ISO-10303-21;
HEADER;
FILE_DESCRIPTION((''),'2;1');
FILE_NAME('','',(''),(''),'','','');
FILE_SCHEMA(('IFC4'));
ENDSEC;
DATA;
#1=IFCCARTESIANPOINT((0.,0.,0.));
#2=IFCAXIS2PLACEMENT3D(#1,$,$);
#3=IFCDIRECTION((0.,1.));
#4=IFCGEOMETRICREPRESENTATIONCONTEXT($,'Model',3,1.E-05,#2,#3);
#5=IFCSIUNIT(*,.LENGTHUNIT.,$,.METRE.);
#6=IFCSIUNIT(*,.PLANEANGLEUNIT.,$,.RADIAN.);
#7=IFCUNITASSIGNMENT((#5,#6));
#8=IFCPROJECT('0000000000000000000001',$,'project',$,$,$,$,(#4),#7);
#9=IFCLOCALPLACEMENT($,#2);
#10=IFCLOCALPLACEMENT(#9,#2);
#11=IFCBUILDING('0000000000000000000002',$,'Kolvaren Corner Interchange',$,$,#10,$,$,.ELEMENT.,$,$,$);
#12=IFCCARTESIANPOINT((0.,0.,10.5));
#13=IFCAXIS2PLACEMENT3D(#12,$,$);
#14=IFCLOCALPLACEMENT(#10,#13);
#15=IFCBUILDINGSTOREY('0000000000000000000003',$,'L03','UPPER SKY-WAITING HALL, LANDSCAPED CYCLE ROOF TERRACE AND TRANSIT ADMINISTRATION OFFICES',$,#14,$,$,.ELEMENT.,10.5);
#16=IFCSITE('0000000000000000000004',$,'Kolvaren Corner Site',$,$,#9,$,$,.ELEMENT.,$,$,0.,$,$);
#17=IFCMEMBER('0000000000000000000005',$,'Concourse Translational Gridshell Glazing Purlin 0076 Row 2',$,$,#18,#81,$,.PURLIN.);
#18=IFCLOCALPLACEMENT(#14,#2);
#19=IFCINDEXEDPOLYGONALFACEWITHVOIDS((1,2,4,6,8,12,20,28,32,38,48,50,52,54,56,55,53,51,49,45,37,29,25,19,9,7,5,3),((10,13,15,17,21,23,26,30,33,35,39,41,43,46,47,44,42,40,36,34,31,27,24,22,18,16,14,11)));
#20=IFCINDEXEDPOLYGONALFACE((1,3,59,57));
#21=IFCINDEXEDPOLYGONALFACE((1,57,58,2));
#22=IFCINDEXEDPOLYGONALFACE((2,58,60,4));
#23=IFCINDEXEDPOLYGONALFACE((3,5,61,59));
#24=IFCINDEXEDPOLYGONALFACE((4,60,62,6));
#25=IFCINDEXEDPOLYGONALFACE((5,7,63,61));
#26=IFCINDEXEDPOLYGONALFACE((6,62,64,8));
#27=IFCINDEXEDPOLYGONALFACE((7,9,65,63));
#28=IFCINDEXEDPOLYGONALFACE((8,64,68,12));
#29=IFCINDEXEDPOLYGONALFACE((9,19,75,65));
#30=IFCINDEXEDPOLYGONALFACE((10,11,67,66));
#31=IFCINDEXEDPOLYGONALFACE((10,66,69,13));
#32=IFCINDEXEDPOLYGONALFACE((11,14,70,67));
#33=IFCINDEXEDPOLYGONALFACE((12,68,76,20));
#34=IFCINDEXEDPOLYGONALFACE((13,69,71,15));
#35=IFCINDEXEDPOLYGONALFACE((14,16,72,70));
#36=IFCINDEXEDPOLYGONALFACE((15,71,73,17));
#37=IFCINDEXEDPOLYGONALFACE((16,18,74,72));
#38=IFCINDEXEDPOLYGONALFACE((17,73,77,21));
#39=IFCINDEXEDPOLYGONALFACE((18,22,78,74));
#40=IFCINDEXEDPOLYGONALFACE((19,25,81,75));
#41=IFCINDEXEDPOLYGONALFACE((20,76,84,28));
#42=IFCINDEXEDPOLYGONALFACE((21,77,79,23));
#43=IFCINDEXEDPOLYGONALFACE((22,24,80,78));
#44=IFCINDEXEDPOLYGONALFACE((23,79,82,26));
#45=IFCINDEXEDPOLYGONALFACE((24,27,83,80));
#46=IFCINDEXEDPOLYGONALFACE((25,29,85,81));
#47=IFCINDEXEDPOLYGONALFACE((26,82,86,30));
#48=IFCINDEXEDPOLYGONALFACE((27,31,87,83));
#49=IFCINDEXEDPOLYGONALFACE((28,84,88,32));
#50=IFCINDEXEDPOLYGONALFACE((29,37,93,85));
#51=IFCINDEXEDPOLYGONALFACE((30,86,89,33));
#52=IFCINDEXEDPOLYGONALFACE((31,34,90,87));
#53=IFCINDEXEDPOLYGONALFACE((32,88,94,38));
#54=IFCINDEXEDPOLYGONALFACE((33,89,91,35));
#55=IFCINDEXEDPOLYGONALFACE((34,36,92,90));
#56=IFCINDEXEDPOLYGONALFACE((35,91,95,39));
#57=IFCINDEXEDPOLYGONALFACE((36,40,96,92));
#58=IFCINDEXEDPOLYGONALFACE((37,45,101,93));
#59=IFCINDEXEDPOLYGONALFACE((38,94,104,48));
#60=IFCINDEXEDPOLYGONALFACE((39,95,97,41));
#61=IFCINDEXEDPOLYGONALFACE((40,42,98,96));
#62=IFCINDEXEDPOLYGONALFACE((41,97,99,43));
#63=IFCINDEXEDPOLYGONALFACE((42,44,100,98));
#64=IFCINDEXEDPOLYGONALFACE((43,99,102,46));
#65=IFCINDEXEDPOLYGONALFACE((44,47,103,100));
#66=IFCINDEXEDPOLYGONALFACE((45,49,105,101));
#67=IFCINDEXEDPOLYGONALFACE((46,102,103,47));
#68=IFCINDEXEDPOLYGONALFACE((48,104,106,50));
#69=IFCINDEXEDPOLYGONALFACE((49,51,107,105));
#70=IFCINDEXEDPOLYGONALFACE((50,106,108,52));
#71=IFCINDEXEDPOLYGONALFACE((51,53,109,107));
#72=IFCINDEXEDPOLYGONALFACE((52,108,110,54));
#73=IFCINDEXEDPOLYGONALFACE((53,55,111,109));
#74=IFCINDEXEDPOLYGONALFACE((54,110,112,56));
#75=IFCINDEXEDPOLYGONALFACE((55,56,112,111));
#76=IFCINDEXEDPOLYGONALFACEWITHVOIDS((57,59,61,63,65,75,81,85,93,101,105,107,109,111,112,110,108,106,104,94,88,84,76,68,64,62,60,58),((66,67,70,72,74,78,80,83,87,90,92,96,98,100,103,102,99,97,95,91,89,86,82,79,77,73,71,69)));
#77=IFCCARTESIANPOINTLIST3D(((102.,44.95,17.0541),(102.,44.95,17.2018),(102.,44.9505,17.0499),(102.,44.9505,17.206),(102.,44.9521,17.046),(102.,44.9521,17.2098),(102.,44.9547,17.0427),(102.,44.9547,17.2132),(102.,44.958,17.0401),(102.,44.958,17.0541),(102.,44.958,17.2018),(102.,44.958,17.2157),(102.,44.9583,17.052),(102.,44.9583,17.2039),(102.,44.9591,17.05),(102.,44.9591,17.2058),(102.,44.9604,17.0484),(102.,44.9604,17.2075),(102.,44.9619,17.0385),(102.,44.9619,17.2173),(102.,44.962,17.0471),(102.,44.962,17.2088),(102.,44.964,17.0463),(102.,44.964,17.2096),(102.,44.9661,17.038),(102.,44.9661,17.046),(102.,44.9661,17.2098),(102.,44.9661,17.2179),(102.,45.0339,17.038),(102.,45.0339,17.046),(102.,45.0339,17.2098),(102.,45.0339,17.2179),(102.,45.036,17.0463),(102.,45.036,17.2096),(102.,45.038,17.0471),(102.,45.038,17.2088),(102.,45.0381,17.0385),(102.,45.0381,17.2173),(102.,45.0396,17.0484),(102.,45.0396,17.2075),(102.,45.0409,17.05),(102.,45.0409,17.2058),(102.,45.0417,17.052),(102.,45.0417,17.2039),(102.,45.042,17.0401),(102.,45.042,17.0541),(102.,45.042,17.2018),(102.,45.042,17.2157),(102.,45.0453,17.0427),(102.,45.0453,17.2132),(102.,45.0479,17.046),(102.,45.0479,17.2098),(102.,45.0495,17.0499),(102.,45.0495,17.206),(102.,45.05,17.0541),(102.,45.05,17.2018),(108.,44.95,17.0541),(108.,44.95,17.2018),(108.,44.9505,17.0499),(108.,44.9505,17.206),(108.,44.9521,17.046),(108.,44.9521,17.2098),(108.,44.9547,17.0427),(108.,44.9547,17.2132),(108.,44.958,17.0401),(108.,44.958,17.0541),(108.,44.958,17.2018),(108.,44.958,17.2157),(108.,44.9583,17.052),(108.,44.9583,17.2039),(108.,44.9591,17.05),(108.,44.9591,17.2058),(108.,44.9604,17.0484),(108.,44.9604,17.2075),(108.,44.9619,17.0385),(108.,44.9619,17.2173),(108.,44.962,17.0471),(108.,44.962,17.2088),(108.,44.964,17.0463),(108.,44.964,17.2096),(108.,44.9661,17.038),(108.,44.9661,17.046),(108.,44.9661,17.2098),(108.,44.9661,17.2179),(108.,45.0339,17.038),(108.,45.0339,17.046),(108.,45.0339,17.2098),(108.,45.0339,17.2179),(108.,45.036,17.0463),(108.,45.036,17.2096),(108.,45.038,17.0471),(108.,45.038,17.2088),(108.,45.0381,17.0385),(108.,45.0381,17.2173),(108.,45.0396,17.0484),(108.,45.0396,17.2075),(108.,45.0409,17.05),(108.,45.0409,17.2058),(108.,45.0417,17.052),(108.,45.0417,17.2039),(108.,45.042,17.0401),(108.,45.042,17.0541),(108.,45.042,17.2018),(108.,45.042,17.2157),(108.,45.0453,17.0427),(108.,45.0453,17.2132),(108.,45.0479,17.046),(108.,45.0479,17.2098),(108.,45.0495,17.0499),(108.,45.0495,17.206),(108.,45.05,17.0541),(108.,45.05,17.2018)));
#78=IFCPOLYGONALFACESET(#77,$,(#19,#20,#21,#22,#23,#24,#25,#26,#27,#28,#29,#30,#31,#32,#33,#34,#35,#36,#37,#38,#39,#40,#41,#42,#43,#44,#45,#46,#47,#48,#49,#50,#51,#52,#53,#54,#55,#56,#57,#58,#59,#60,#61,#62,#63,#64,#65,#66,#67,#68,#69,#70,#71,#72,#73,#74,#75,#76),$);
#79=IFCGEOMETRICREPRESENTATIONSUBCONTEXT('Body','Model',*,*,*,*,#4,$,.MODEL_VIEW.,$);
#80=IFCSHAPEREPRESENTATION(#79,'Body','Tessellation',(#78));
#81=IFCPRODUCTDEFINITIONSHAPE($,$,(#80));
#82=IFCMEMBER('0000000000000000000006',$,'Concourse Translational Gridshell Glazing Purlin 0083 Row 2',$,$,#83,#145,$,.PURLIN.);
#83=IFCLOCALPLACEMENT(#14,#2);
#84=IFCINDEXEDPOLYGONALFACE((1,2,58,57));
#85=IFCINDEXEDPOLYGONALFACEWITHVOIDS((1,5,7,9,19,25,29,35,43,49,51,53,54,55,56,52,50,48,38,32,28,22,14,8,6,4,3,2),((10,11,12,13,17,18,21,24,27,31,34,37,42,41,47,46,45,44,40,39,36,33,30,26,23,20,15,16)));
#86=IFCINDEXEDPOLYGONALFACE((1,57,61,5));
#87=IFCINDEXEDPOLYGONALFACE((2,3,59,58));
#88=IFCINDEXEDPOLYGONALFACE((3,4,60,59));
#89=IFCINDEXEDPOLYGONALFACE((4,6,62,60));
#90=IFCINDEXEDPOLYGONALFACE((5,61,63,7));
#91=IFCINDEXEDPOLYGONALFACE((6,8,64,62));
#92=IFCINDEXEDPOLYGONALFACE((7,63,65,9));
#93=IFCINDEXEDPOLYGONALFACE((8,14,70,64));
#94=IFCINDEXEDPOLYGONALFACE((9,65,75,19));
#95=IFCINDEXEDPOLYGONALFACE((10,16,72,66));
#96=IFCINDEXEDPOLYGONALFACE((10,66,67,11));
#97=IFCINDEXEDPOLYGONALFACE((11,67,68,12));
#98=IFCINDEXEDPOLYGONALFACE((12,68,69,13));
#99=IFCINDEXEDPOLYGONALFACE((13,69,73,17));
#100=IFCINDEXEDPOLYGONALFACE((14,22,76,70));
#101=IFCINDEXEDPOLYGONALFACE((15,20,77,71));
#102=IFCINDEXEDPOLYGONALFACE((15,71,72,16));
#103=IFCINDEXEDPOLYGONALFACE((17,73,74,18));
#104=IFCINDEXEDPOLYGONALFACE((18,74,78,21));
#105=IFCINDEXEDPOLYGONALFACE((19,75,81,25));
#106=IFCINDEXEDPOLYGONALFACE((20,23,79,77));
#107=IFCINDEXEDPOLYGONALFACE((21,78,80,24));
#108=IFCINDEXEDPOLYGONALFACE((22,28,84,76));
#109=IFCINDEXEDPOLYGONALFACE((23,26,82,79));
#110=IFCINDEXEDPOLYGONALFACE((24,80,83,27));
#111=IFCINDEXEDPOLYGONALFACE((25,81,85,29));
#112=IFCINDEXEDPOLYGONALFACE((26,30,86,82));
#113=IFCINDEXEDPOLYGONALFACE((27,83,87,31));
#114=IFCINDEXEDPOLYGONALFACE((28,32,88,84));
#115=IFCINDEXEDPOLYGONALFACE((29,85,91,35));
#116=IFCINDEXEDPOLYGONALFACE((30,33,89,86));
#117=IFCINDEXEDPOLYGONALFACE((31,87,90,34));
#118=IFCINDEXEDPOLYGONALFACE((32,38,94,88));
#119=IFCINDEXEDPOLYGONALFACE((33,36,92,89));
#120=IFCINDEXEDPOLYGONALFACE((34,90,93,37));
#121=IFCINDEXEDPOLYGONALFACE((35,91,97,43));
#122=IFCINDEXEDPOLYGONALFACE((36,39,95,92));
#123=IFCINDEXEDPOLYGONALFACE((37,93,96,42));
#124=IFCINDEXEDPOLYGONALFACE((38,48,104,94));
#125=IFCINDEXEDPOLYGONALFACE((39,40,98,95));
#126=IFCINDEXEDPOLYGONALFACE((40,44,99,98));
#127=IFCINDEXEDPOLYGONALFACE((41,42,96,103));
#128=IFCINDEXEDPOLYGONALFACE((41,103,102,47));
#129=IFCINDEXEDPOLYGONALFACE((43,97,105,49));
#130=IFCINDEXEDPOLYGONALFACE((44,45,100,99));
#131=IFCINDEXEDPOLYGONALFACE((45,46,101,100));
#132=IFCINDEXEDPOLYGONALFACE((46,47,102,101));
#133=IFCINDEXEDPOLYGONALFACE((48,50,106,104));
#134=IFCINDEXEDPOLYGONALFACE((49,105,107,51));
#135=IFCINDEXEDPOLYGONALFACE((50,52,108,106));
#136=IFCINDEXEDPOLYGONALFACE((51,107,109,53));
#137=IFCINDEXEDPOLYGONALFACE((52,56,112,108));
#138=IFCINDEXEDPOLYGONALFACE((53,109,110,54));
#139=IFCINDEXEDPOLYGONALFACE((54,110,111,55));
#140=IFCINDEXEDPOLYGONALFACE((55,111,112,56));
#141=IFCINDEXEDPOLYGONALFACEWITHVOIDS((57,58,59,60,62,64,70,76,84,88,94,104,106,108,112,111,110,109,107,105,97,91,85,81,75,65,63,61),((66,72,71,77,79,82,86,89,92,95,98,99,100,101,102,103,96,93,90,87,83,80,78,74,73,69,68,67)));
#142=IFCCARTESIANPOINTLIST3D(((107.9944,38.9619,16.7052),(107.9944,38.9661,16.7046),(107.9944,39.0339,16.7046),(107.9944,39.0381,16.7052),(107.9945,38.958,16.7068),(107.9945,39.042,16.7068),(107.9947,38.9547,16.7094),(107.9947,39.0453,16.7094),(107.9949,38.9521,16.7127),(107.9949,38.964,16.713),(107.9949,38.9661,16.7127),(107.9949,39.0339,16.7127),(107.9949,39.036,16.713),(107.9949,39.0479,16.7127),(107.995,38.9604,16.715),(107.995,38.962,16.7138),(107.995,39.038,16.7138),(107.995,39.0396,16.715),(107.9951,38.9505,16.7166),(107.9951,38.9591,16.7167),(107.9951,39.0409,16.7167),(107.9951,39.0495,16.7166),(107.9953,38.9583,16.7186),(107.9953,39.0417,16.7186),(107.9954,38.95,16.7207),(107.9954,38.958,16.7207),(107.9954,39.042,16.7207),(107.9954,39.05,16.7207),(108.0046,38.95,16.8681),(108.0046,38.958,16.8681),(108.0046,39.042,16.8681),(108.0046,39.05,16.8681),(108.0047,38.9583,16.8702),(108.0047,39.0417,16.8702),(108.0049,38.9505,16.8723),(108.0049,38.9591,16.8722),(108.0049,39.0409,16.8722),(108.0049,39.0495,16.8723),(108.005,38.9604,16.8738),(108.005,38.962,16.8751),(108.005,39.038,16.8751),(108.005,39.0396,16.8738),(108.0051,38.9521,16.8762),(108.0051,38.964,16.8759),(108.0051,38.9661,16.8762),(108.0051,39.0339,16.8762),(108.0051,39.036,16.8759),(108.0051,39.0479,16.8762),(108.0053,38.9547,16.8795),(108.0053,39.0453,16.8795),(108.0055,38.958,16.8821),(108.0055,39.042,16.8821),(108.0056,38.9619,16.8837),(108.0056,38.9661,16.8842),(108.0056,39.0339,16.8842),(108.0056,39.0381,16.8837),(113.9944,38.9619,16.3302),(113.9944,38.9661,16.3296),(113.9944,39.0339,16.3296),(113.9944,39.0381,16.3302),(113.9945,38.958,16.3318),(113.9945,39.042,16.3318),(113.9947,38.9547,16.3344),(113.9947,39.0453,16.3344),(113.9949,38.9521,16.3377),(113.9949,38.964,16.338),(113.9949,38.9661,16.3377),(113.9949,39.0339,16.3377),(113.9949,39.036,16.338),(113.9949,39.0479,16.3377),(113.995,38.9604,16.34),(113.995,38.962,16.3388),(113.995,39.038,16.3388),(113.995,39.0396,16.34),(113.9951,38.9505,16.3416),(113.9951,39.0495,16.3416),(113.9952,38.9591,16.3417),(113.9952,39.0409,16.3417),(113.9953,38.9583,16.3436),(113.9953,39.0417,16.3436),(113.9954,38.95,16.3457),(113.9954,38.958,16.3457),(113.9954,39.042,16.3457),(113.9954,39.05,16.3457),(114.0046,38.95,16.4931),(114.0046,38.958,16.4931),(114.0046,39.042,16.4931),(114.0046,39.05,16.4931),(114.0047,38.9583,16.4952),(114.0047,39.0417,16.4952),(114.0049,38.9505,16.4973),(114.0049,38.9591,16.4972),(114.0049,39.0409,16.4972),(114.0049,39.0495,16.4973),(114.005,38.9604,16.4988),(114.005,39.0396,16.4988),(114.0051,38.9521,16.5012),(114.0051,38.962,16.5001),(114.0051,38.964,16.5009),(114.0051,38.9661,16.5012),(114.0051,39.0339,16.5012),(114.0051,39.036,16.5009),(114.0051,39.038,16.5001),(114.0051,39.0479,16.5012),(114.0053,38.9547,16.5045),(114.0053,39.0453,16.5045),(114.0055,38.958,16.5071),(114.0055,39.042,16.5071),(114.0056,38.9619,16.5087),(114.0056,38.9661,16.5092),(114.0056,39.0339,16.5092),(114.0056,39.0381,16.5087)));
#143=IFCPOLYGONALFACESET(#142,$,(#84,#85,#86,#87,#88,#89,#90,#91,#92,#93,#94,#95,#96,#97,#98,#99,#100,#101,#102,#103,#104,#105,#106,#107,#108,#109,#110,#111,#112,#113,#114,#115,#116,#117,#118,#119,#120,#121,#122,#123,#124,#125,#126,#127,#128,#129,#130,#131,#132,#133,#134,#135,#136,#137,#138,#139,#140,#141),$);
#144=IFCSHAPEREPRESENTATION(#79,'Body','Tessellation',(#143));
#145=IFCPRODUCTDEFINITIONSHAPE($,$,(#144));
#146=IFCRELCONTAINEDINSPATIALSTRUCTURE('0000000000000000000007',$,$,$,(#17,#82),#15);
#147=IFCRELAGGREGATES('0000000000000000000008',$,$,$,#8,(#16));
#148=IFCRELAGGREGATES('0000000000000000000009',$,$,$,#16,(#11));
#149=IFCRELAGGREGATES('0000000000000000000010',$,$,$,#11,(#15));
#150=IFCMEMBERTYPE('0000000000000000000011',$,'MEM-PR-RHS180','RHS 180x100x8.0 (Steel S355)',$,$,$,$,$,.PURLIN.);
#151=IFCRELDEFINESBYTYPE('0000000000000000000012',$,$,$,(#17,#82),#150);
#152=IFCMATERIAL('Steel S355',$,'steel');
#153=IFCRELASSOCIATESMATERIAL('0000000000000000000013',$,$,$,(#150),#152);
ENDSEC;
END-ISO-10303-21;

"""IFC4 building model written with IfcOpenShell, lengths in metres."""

from ifc_helpers import new_model, si_unit, direction, frame, origin, origin_2d, place, context, subcontext, project, spatial, hollow_rectangle, extrude, material, material_profile, profile_set, type_object, element, save


model = new_model("IFC4")

# Units and contexts
model_context = context("Model", 3, precision=1e-05, world=origin(), true_north=direction((0.0, 1.0)))
body_context = subcontext(model_context, "Body", "Model", "MODEL_VIEW")
ifc_project = project(units=[si_unit("LENGTHUNIT", "METRE"), si_unit("PLANEANGLEUNIT", "RADIAN")], contexts=[model_context])

# Site, building, storey
site_placement = place(None, origin())
site = spatial("IfcSite", under=ifc_project, at=site_placement, Name="Kolvaren Corner Site", CompositionType="ELEMENT", RefElevation=0.0)
building_placement = place(site_placement, origin())
building = spatial("IfcBuilding", under=site, at=building_placement, Name="Kolvaren Corner Interchange", CompositionType="ELEMENT")
storey_placement = place(building_placement, frame((0.0, 0.0, 10.5)))
storey = spatial("IfcBuildingStorey", under=building, at=storey_placement, Name="L03", Description="UPPER SKY-WAITING HALL, LANDSCAPED CYCLE ROOF TERRACE AND TRANSIT ADMINISTRATION OFFICES", CompositionType="ELEMENT", Elevation=10.5)

# Members
ifc_material_1 = material(Name="Steel S355", Category="steel")
ifc_material_profile_1 = material_profile(ifc_material_1, hollow_rectangle(XDim=0.1001, YDim=0.1799, WallThickness=0.0081, InnerFilletRadius=0.0081, OuterFilletRadius=0.0161, at=origin_2d()), Name="RHS 180x100x8.0")
ifc_profile_set_1 = profile_set([ifc_material_profile_1], Name="Steel S355")
member_type_1 = type_object("IfcMemberType", Name="MEM-PR-RHS180", Description="RHS 180x100x8.0 (Steel S355)", PredefinedType="PURLIN", material=ifc_profile_set_1)
for number, where, z_axis, x_axis, name in (
    (1, (102.0, 45.0, 17.1279), (1.0, 0.0, 0.0), (0.0, 1.0, 0.0), "Concourse Translational Gridshell Glazing Purlin 0076 Row 2"),
):
    element("IfcMember", number, at=place(storey_placement, frame(where, z_axis=z_axis, x_axis=x_axis)), inside=storey, type_object=member_type_1, Name=name, PredefinedType="PURLIN", context=body_context, shape_type="SweptSolid", body=[
        extrude(hollow_rectangle(XDim=0.1001, YDim=0.1799, WallThickness=0.0081, InnerFilletRadius=0.0081, OuterFilletRadius=0.0161, at=origin_2d()), origin(), (0.0, 0.0, 1.0), 6.0),
    ])
member_1_placement = place(storey_placement, frame((108.0, 39.0, 16.7944), z_axis=(0.998053, 0.0, -0.062378), x_axis=(0.0, 1.0, 0.0)))
element("IfcMember", 2, at=member_1_placement, inside=storey, type_object=member_type_1, Name="Concourse Translational Gridshell Glazing Purlin 0083 Row 2", PredefinedType="PURLIN", context=body_context, shape_type="SweptSolid", body=[
    extrude(hollow_rectangle(XDim=0.1001, YDim=0.1799, WallThickness=0.0081, InnerFilletRadius=0.0081, OuterFilletRadius=0.0161, at=origin_2d()), origin(), (0.0, 0.0, 1.0), 6.0117),
])

save(model, "model.ifc")
